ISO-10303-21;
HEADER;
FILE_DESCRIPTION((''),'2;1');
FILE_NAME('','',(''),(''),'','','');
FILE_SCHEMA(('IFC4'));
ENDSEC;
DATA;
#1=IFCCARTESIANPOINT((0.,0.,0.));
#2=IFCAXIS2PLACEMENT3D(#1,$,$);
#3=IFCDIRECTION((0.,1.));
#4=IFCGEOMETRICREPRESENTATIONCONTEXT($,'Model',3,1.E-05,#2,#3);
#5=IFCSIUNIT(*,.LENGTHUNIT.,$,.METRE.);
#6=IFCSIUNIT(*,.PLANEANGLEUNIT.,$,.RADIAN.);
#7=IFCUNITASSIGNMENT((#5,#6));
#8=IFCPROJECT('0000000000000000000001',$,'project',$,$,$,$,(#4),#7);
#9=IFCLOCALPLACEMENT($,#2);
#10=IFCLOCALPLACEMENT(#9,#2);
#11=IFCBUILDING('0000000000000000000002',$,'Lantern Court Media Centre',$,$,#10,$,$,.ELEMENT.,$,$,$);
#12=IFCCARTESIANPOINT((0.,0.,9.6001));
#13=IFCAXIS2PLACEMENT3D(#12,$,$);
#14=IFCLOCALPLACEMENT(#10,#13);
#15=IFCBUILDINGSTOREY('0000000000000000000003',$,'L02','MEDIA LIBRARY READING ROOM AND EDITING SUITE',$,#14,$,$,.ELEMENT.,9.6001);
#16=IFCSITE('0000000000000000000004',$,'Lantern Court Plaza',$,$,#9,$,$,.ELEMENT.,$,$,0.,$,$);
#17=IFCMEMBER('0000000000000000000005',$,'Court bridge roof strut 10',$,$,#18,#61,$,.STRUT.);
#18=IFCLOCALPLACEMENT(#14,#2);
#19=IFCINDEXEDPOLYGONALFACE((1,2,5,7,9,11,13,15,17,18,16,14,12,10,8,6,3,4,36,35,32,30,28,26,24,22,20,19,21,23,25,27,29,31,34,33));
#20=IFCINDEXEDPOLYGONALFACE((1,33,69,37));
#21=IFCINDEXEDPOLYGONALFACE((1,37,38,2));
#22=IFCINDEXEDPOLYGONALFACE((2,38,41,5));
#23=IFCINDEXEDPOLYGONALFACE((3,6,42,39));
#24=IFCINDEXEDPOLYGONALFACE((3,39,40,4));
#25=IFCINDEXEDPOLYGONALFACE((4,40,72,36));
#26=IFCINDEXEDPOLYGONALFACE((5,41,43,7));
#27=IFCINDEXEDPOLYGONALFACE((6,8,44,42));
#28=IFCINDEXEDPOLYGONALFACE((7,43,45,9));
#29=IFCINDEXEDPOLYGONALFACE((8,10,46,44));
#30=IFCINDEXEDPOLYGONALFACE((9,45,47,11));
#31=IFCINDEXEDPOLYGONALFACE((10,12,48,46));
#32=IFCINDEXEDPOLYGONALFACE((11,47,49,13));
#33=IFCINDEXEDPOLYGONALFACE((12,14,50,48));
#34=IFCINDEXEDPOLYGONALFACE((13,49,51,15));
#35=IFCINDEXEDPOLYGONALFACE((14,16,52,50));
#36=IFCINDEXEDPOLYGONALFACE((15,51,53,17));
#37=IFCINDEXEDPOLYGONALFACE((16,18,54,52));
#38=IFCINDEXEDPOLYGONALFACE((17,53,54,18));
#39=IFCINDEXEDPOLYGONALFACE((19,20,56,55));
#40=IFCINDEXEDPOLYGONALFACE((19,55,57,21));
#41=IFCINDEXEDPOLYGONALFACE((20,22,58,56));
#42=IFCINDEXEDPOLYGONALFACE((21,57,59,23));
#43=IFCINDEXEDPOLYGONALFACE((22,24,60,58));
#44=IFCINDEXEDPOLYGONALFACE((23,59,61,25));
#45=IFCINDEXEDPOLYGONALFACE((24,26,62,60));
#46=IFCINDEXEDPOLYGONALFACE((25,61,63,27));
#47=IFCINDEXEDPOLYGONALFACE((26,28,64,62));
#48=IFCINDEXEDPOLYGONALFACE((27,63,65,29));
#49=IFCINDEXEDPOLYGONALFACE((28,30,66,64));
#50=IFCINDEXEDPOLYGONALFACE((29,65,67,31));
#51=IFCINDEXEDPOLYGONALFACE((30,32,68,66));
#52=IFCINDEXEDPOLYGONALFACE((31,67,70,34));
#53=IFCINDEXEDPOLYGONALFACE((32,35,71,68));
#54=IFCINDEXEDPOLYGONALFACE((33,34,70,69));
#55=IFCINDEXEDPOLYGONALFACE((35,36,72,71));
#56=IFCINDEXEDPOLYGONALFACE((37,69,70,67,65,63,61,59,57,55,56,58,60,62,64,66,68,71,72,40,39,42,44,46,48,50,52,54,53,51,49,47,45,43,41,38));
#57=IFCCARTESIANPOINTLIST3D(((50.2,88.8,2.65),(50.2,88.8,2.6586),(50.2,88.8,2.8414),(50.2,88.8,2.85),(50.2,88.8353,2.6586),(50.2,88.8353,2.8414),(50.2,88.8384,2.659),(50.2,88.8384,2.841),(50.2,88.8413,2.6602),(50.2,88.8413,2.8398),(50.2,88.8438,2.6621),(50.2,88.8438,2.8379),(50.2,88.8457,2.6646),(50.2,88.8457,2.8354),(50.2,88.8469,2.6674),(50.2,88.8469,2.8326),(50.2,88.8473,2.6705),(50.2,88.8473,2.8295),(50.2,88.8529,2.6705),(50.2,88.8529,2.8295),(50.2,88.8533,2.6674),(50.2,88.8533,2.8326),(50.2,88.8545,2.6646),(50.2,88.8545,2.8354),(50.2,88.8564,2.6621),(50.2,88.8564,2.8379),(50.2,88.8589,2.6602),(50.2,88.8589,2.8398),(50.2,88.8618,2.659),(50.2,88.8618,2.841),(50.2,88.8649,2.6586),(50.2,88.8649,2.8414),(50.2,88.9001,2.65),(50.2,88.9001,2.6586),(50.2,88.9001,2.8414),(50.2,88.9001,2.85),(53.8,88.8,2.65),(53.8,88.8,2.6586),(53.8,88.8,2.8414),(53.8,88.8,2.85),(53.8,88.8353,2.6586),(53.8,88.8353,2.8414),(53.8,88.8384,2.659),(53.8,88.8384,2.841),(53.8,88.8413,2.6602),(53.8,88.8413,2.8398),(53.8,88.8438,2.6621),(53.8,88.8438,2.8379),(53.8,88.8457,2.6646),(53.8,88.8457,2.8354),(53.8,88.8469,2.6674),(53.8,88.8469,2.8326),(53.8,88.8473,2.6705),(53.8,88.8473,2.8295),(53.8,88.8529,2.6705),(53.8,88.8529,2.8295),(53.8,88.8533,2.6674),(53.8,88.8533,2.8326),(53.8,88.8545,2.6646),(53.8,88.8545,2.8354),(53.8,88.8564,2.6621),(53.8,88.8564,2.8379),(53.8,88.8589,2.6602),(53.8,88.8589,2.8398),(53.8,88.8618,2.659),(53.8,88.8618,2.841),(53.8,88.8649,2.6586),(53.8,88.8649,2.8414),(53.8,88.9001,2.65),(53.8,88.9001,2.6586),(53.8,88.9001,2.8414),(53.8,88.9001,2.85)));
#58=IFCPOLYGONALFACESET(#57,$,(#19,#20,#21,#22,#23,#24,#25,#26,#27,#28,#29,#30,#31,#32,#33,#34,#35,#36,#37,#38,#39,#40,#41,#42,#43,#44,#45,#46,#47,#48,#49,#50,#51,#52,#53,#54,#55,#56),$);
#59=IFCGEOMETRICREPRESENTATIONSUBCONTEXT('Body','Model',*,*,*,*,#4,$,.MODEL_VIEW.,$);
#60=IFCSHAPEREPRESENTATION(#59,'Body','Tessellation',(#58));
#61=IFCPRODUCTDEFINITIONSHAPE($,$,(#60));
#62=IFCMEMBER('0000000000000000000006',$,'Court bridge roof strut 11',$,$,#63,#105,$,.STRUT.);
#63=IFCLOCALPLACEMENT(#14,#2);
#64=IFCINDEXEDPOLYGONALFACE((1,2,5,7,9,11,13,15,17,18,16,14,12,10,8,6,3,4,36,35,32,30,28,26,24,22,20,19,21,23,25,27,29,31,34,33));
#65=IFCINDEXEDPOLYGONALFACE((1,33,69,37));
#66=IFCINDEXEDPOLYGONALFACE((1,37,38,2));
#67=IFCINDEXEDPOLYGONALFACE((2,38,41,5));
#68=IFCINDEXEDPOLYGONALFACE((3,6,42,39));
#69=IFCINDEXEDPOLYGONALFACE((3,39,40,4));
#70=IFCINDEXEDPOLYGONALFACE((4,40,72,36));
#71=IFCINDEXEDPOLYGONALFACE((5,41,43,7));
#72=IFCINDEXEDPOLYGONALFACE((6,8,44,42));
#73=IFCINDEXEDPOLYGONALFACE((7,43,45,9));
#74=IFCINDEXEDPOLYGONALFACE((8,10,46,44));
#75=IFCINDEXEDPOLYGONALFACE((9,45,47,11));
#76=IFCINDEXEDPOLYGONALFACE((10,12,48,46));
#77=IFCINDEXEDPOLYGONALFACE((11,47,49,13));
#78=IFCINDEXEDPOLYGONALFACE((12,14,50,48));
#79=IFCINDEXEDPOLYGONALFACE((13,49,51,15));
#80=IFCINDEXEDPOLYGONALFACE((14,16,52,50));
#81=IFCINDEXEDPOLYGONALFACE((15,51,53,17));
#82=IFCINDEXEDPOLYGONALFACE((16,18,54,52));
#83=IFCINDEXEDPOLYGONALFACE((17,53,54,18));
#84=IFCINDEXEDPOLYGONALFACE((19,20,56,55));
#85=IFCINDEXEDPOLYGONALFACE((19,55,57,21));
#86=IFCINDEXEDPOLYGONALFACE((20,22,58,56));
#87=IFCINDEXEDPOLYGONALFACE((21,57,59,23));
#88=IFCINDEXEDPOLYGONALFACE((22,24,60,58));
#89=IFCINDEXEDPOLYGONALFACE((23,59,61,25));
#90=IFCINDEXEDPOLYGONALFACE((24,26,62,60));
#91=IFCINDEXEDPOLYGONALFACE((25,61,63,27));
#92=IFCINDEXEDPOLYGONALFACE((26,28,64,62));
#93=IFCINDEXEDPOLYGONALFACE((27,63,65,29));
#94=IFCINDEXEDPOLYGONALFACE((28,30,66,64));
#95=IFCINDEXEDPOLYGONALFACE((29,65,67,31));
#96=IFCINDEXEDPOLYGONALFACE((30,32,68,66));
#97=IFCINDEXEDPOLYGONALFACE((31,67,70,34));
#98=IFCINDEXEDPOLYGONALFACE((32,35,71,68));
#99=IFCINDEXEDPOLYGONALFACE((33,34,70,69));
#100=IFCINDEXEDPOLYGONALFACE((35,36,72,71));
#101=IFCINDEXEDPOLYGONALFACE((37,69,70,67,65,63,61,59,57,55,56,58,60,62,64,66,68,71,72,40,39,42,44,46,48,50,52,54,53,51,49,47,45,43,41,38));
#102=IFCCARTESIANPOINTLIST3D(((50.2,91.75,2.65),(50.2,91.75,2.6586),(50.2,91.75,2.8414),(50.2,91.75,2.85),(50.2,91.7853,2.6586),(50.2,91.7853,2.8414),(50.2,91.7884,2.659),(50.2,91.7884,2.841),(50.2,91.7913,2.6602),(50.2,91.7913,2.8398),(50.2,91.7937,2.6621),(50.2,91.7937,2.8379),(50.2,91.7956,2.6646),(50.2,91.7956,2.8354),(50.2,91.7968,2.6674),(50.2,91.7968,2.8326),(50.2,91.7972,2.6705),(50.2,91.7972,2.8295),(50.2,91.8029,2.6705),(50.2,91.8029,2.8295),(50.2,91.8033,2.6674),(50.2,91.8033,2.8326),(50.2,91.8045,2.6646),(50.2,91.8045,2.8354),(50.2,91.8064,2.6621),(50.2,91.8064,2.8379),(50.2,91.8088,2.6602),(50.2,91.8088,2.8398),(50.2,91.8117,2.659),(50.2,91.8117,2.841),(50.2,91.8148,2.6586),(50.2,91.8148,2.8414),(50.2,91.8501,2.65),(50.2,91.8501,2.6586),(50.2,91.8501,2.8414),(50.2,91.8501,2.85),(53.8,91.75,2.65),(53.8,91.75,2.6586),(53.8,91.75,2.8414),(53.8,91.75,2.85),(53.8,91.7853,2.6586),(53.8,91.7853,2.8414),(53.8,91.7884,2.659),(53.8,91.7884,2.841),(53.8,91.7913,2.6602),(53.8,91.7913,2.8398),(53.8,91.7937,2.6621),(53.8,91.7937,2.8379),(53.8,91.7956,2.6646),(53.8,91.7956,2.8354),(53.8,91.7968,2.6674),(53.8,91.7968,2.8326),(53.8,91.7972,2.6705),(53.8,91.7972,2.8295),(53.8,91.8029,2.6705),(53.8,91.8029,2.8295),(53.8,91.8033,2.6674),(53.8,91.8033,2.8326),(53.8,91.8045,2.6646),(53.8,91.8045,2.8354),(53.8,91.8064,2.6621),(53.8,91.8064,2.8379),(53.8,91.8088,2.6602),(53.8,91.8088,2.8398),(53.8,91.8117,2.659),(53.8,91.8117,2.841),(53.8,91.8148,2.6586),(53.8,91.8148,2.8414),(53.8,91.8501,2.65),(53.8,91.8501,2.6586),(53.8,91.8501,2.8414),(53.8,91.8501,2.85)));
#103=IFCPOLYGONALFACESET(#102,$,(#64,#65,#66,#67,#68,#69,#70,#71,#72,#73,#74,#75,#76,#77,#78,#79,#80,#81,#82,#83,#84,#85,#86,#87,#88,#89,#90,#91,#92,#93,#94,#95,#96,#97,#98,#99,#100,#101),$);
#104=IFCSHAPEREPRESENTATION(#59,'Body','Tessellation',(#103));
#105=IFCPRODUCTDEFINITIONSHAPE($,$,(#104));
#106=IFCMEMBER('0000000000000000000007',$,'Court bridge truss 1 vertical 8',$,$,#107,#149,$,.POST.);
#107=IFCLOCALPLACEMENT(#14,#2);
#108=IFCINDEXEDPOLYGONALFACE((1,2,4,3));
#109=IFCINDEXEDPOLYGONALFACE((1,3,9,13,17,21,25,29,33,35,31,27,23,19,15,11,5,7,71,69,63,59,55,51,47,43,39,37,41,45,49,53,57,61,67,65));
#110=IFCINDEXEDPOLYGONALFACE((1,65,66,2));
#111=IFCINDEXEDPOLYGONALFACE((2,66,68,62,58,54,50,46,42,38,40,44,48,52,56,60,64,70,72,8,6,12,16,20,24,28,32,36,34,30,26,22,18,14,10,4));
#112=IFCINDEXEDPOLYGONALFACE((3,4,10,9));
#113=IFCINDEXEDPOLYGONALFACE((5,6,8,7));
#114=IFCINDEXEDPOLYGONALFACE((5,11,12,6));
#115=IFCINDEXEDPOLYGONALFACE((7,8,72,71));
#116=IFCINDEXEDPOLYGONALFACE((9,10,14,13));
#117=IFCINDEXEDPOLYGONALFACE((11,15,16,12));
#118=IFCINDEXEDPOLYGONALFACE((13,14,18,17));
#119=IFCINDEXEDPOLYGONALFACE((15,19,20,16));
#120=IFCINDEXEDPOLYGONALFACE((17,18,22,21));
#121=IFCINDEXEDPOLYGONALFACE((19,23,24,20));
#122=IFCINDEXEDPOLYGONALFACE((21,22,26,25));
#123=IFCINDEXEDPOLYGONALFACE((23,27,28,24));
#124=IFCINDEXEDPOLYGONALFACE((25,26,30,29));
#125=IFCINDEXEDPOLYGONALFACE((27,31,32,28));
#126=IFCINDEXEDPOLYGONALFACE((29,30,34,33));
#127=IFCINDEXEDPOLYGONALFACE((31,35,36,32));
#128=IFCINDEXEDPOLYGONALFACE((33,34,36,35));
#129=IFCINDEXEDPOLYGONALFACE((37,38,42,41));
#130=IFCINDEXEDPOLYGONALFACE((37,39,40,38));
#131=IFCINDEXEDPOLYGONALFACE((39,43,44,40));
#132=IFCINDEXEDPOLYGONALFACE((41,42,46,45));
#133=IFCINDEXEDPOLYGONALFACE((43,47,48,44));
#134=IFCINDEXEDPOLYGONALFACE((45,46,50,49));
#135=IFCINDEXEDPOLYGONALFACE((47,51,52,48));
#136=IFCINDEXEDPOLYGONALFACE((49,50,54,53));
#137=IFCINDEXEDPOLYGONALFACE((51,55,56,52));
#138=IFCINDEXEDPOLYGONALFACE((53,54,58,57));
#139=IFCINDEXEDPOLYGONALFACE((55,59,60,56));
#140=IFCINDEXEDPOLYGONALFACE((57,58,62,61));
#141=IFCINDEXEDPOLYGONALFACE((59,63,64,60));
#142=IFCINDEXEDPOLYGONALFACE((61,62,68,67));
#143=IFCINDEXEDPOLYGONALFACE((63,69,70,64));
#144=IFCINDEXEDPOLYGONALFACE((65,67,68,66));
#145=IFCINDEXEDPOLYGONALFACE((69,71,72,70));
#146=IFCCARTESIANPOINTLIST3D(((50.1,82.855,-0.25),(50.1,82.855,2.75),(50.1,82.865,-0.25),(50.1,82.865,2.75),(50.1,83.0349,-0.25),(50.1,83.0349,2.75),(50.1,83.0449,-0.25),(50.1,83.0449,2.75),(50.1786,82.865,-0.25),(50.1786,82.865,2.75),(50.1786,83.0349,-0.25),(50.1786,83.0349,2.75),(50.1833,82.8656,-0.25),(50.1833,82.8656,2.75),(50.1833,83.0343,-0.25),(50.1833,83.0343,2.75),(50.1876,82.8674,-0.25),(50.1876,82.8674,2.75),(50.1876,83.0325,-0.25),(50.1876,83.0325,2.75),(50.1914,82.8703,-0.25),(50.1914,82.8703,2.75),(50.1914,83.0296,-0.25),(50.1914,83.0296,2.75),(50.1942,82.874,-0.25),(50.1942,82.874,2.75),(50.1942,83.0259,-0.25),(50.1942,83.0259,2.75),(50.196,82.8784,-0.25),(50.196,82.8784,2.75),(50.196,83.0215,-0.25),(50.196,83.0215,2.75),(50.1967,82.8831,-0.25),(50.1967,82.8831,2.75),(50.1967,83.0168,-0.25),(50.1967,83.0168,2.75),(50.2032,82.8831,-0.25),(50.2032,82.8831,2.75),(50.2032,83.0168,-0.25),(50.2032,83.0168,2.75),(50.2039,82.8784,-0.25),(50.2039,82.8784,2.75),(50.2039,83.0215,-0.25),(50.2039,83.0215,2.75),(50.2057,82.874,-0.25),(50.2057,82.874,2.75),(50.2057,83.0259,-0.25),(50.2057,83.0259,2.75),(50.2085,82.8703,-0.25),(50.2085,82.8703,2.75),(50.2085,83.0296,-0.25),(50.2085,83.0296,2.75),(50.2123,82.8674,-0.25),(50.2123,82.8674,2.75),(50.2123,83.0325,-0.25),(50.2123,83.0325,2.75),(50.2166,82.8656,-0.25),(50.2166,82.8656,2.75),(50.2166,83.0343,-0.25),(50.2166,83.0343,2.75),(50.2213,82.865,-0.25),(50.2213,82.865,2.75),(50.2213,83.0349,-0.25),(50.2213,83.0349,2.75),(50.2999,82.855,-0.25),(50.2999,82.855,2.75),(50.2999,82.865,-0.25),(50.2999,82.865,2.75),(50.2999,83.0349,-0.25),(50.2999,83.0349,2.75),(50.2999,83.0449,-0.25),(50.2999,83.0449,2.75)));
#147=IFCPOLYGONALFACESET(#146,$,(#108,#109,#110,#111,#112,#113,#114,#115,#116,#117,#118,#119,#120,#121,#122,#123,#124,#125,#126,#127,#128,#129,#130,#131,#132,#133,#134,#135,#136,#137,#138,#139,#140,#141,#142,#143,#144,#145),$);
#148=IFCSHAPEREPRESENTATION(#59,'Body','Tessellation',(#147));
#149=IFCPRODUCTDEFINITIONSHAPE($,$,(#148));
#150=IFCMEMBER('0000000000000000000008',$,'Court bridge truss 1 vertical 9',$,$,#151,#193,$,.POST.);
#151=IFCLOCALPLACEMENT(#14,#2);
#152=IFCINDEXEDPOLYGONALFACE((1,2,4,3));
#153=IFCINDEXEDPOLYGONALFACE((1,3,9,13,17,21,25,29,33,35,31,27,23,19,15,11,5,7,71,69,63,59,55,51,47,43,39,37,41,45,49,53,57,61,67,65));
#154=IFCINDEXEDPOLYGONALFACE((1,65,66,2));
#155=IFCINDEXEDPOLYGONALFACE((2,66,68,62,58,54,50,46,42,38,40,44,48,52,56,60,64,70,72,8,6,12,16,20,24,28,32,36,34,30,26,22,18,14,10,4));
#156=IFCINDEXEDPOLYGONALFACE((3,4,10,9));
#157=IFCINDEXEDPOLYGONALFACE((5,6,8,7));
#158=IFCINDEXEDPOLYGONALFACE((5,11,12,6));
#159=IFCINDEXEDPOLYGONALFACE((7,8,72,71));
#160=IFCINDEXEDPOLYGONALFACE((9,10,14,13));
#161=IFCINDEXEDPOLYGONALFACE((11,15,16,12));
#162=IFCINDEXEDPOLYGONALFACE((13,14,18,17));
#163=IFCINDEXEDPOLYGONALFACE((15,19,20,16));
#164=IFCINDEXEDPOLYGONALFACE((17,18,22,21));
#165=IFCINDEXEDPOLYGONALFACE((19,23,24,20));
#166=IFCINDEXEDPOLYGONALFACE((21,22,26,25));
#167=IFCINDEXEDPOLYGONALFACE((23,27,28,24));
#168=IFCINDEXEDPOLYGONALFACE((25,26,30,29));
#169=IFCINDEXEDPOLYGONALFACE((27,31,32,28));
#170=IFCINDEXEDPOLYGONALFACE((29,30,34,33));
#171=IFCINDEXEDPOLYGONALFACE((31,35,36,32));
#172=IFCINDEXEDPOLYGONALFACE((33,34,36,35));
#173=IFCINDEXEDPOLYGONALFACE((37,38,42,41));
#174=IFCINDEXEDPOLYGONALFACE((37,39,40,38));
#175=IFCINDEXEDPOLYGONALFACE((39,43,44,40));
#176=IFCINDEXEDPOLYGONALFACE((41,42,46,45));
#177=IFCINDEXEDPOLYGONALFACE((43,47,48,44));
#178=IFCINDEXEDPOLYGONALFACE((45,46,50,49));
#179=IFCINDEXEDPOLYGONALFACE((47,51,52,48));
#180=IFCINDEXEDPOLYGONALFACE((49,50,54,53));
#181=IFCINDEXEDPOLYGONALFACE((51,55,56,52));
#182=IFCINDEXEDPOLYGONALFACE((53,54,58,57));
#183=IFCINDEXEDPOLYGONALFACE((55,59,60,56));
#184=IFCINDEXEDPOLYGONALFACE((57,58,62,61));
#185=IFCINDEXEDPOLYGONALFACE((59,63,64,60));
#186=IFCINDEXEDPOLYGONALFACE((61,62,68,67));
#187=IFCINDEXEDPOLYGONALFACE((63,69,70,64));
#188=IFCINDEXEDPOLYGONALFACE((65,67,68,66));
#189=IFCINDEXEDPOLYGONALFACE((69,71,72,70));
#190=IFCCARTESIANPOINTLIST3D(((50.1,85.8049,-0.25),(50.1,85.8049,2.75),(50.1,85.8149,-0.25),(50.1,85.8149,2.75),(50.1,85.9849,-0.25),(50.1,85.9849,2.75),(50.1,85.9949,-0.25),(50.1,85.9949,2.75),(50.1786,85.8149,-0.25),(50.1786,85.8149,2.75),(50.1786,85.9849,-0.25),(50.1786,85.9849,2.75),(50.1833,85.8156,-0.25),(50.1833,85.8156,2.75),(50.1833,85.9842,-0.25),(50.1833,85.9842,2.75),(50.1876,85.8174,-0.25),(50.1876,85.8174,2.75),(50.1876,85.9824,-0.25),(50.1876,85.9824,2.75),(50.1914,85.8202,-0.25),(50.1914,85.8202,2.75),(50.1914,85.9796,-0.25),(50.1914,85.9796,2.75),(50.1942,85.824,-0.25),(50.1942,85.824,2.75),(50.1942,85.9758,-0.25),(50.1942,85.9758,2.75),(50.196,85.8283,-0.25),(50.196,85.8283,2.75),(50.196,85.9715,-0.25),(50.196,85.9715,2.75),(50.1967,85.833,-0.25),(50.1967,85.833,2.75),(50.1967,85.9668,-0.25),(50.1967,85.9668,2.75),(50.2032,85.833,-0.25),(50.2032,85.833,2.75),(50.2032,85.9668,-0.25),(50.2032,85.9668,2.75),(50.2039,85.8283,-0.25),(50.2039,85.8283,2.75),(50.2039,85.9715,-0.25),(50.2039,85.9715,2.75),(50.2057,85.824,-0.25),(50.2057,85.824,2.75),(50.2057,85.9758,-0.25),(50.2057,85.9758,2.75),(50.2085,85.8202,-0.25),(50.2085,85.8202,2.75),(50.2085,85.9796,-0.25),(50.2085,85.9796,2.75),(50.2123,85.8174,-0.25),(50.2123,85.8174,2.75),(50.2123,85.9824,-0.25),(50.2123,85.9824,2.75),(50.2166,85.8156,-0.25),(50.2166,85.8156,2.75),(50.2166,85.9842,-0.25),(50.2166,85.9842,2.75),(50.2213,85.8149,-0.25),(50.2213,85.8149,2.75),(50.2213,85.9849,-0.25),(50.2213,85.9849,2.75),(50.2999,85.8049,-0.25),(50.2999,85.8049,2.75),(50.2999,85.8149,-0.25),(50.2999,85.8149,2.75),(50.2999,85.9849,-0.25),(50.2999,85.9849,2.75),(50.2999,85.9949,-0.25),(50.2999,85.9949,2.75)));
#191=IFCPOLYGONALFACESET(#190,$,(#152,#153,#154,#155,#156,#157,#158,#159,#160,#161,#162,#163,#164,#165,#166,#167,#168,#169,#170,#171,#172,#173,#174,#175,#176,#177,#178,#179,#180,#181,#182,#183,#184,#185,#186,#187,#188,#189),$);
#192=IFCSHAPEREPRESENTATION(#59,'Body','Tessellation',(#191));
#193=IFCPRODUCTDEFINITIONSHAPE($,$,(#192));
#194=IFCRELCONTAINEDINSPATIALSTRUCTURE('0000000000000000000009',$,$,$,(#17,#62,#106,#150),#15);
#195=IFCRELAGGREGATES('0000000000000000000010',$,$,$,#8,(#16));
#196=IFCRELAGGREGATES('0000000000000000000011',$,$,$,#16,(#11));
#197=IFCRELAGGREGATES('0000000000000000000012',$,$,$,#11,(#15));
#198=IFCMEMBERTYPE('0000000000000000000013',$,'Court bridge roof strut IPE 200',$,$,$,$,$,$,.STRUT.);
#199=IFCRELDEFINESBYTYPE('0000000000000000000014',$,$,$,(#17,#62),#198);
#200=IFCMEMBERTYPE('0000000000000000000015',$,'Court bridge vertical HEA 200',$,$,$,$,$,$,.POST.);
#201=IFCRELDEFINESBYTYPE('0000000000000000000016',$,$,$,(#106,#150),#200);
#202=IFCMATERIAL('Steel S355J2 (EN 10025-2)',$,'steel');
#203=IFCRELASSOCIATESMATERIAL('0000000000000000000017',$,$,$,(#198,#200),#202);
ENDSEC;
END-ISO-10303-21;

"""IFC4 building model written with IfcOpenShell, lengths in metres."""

from ifc_helpers import new_model, si_unit, direction, frame, origin, origin_2d, place, context, subcontext, project, spatial, i_section, extrude, material, material_profile, profile_set, type_object, element, save


model = new_model("IFC4")

# Units and contexts
model_context = context("Model", 3, precision=1e-05, world=origin(), true_north=direction((0.0, 1.0)))
body_context = subcontext(model_context, "Body", "Model", "MODEL_VIEW")
ifc_project = project(units=[si_unit("LENGTHUNIT", "METRE"), si_unit("PLANEANGLEUNIT", "RADIAN")], contexts=[model_context])

# Site, building, storey
site_placement = place(None, origin())
site = spatial("IfcSite", under=ifc_project, at=site_placement, Name="Lantern Court Plaza", CompositionType="ELEMENT", RefElevation=0.0)
building_placement = place(site_placement, origin())
building = spatial("IfcBuilding", under=site, at=building_placement, Name="Lantern Court Media Centre", CompositionType="ELEMENT")
storey_placement = place(building_placement, frame((0.0, 0.0, 9.6001)))
storey = spatial("IfcBuildingStorey", under=building, at=storey_placement, Name="L02", Description="MEDIA LIBRARY READING ROOM AND EDITING SUITE", CompositionType="ELEMENT", Elevation=9.6001)

# Shared definitions
ifc_material = material(Name="Steel S355J2 (EN 10025-2)", Category="steel")

# Members
ifc_material_profile_1 = material_profile(ifc_material, i_section(OverallWidth=0.1001, OverallDepth=0.2, WebThickness=0.0056, FlangeThickness=0.0085, FilletRadius=0.012, at=origin_2d()), Name="IPE 200")
ifc_profile_set_1 = profile_set([ifc_material_profile_1], Name="Steel S355J2 (EN 10025-2)")
member_type_1 = type_object("IfcMemberType", Name="Court bridge roof strut IPE 200", PredefinedType="STRUT", material=ifc_profile_set_1)
for number, where, z_axis, x_axis, name in (
    (1, (50.2, 88.8501, 2.75), (1.0, 0.0, 0.0), (0.0, 1.0, 0.0), "Court bridge roof strut 10"),
    (2, (50.2, 91.8, 2.75), (1.0, 0.0, 0.0), (0.0, 1.0, 0.0), "Court bridge roof strut 11"),
):
    element("IfcMember", number, at=place(storey_placement, frame(where, z_axis=z_axis, x_axis=x_axis)), inside=storey, type_object=member_type_1, Name=name, PredefinedType="STRUT", context=body_context, shape_type="SweptSolid", body=[
        extrude(i_section(OverallWidth=0.1001, OverallDepth=0.2, WebThickness=0.0056, FlangeThickness=0.0085, FilletRadius=0.012, at=origin_2d()), origin(), (0.0, 0.0, 1.0), 3.6001),
    ])
ifc_material_profile_2 = material_profile(ifc_material, i_section(OverallWidth=0.2, OverallDepth=0.1899, WebThickness=0.0066, FlangeThickness=0.01, FilletRadius=0.0181, at=origin_2d()), Name="HEA 200")
ifc_profile_set_2 = profile_set([ifc_material_profile_2], Name="Steel S355J2 (EN 10025-2)")
member_type_2 = type_object("IfcMemberType", Name="Court bridge vertical HEA 200", PredefinedType="POST", material=ifc_profile_set_2)
for number, where, z_axis, x_axis, name in (
    (3, (50.2, 82.95, -0.25), (0.0, 0.0, 1.0), (1.0, 0.0, 0.0), "Court bridge truss 1 vertical 8"),
    (4, (50.2, 85.8999, -0.25), (0.0, 0.0, 1.0), (1.0, 0.0, 0.0), "Court bridge truss 1 vertical 9"),
):
    element("IfcMember", number, at=place(storey_placement, frame(where, z_axis=z_axis, x_axis=x_axis)), inside=storey, type_object=member_type_2, Name=name, PredefinedType="POST", context=body_context, shape_type="SweptSolid", body=[
        extrude(i_section(OverallWidth=0.2, OverallDepth=0.1899, WebThickness=0.0066, FlangeThickness=0.01, FilletRadius=0.0181, at=origin_2d()), origin(), (0.0, 0.0, 1.0), 3.0),
    ])

save(model, "model.ifc")
